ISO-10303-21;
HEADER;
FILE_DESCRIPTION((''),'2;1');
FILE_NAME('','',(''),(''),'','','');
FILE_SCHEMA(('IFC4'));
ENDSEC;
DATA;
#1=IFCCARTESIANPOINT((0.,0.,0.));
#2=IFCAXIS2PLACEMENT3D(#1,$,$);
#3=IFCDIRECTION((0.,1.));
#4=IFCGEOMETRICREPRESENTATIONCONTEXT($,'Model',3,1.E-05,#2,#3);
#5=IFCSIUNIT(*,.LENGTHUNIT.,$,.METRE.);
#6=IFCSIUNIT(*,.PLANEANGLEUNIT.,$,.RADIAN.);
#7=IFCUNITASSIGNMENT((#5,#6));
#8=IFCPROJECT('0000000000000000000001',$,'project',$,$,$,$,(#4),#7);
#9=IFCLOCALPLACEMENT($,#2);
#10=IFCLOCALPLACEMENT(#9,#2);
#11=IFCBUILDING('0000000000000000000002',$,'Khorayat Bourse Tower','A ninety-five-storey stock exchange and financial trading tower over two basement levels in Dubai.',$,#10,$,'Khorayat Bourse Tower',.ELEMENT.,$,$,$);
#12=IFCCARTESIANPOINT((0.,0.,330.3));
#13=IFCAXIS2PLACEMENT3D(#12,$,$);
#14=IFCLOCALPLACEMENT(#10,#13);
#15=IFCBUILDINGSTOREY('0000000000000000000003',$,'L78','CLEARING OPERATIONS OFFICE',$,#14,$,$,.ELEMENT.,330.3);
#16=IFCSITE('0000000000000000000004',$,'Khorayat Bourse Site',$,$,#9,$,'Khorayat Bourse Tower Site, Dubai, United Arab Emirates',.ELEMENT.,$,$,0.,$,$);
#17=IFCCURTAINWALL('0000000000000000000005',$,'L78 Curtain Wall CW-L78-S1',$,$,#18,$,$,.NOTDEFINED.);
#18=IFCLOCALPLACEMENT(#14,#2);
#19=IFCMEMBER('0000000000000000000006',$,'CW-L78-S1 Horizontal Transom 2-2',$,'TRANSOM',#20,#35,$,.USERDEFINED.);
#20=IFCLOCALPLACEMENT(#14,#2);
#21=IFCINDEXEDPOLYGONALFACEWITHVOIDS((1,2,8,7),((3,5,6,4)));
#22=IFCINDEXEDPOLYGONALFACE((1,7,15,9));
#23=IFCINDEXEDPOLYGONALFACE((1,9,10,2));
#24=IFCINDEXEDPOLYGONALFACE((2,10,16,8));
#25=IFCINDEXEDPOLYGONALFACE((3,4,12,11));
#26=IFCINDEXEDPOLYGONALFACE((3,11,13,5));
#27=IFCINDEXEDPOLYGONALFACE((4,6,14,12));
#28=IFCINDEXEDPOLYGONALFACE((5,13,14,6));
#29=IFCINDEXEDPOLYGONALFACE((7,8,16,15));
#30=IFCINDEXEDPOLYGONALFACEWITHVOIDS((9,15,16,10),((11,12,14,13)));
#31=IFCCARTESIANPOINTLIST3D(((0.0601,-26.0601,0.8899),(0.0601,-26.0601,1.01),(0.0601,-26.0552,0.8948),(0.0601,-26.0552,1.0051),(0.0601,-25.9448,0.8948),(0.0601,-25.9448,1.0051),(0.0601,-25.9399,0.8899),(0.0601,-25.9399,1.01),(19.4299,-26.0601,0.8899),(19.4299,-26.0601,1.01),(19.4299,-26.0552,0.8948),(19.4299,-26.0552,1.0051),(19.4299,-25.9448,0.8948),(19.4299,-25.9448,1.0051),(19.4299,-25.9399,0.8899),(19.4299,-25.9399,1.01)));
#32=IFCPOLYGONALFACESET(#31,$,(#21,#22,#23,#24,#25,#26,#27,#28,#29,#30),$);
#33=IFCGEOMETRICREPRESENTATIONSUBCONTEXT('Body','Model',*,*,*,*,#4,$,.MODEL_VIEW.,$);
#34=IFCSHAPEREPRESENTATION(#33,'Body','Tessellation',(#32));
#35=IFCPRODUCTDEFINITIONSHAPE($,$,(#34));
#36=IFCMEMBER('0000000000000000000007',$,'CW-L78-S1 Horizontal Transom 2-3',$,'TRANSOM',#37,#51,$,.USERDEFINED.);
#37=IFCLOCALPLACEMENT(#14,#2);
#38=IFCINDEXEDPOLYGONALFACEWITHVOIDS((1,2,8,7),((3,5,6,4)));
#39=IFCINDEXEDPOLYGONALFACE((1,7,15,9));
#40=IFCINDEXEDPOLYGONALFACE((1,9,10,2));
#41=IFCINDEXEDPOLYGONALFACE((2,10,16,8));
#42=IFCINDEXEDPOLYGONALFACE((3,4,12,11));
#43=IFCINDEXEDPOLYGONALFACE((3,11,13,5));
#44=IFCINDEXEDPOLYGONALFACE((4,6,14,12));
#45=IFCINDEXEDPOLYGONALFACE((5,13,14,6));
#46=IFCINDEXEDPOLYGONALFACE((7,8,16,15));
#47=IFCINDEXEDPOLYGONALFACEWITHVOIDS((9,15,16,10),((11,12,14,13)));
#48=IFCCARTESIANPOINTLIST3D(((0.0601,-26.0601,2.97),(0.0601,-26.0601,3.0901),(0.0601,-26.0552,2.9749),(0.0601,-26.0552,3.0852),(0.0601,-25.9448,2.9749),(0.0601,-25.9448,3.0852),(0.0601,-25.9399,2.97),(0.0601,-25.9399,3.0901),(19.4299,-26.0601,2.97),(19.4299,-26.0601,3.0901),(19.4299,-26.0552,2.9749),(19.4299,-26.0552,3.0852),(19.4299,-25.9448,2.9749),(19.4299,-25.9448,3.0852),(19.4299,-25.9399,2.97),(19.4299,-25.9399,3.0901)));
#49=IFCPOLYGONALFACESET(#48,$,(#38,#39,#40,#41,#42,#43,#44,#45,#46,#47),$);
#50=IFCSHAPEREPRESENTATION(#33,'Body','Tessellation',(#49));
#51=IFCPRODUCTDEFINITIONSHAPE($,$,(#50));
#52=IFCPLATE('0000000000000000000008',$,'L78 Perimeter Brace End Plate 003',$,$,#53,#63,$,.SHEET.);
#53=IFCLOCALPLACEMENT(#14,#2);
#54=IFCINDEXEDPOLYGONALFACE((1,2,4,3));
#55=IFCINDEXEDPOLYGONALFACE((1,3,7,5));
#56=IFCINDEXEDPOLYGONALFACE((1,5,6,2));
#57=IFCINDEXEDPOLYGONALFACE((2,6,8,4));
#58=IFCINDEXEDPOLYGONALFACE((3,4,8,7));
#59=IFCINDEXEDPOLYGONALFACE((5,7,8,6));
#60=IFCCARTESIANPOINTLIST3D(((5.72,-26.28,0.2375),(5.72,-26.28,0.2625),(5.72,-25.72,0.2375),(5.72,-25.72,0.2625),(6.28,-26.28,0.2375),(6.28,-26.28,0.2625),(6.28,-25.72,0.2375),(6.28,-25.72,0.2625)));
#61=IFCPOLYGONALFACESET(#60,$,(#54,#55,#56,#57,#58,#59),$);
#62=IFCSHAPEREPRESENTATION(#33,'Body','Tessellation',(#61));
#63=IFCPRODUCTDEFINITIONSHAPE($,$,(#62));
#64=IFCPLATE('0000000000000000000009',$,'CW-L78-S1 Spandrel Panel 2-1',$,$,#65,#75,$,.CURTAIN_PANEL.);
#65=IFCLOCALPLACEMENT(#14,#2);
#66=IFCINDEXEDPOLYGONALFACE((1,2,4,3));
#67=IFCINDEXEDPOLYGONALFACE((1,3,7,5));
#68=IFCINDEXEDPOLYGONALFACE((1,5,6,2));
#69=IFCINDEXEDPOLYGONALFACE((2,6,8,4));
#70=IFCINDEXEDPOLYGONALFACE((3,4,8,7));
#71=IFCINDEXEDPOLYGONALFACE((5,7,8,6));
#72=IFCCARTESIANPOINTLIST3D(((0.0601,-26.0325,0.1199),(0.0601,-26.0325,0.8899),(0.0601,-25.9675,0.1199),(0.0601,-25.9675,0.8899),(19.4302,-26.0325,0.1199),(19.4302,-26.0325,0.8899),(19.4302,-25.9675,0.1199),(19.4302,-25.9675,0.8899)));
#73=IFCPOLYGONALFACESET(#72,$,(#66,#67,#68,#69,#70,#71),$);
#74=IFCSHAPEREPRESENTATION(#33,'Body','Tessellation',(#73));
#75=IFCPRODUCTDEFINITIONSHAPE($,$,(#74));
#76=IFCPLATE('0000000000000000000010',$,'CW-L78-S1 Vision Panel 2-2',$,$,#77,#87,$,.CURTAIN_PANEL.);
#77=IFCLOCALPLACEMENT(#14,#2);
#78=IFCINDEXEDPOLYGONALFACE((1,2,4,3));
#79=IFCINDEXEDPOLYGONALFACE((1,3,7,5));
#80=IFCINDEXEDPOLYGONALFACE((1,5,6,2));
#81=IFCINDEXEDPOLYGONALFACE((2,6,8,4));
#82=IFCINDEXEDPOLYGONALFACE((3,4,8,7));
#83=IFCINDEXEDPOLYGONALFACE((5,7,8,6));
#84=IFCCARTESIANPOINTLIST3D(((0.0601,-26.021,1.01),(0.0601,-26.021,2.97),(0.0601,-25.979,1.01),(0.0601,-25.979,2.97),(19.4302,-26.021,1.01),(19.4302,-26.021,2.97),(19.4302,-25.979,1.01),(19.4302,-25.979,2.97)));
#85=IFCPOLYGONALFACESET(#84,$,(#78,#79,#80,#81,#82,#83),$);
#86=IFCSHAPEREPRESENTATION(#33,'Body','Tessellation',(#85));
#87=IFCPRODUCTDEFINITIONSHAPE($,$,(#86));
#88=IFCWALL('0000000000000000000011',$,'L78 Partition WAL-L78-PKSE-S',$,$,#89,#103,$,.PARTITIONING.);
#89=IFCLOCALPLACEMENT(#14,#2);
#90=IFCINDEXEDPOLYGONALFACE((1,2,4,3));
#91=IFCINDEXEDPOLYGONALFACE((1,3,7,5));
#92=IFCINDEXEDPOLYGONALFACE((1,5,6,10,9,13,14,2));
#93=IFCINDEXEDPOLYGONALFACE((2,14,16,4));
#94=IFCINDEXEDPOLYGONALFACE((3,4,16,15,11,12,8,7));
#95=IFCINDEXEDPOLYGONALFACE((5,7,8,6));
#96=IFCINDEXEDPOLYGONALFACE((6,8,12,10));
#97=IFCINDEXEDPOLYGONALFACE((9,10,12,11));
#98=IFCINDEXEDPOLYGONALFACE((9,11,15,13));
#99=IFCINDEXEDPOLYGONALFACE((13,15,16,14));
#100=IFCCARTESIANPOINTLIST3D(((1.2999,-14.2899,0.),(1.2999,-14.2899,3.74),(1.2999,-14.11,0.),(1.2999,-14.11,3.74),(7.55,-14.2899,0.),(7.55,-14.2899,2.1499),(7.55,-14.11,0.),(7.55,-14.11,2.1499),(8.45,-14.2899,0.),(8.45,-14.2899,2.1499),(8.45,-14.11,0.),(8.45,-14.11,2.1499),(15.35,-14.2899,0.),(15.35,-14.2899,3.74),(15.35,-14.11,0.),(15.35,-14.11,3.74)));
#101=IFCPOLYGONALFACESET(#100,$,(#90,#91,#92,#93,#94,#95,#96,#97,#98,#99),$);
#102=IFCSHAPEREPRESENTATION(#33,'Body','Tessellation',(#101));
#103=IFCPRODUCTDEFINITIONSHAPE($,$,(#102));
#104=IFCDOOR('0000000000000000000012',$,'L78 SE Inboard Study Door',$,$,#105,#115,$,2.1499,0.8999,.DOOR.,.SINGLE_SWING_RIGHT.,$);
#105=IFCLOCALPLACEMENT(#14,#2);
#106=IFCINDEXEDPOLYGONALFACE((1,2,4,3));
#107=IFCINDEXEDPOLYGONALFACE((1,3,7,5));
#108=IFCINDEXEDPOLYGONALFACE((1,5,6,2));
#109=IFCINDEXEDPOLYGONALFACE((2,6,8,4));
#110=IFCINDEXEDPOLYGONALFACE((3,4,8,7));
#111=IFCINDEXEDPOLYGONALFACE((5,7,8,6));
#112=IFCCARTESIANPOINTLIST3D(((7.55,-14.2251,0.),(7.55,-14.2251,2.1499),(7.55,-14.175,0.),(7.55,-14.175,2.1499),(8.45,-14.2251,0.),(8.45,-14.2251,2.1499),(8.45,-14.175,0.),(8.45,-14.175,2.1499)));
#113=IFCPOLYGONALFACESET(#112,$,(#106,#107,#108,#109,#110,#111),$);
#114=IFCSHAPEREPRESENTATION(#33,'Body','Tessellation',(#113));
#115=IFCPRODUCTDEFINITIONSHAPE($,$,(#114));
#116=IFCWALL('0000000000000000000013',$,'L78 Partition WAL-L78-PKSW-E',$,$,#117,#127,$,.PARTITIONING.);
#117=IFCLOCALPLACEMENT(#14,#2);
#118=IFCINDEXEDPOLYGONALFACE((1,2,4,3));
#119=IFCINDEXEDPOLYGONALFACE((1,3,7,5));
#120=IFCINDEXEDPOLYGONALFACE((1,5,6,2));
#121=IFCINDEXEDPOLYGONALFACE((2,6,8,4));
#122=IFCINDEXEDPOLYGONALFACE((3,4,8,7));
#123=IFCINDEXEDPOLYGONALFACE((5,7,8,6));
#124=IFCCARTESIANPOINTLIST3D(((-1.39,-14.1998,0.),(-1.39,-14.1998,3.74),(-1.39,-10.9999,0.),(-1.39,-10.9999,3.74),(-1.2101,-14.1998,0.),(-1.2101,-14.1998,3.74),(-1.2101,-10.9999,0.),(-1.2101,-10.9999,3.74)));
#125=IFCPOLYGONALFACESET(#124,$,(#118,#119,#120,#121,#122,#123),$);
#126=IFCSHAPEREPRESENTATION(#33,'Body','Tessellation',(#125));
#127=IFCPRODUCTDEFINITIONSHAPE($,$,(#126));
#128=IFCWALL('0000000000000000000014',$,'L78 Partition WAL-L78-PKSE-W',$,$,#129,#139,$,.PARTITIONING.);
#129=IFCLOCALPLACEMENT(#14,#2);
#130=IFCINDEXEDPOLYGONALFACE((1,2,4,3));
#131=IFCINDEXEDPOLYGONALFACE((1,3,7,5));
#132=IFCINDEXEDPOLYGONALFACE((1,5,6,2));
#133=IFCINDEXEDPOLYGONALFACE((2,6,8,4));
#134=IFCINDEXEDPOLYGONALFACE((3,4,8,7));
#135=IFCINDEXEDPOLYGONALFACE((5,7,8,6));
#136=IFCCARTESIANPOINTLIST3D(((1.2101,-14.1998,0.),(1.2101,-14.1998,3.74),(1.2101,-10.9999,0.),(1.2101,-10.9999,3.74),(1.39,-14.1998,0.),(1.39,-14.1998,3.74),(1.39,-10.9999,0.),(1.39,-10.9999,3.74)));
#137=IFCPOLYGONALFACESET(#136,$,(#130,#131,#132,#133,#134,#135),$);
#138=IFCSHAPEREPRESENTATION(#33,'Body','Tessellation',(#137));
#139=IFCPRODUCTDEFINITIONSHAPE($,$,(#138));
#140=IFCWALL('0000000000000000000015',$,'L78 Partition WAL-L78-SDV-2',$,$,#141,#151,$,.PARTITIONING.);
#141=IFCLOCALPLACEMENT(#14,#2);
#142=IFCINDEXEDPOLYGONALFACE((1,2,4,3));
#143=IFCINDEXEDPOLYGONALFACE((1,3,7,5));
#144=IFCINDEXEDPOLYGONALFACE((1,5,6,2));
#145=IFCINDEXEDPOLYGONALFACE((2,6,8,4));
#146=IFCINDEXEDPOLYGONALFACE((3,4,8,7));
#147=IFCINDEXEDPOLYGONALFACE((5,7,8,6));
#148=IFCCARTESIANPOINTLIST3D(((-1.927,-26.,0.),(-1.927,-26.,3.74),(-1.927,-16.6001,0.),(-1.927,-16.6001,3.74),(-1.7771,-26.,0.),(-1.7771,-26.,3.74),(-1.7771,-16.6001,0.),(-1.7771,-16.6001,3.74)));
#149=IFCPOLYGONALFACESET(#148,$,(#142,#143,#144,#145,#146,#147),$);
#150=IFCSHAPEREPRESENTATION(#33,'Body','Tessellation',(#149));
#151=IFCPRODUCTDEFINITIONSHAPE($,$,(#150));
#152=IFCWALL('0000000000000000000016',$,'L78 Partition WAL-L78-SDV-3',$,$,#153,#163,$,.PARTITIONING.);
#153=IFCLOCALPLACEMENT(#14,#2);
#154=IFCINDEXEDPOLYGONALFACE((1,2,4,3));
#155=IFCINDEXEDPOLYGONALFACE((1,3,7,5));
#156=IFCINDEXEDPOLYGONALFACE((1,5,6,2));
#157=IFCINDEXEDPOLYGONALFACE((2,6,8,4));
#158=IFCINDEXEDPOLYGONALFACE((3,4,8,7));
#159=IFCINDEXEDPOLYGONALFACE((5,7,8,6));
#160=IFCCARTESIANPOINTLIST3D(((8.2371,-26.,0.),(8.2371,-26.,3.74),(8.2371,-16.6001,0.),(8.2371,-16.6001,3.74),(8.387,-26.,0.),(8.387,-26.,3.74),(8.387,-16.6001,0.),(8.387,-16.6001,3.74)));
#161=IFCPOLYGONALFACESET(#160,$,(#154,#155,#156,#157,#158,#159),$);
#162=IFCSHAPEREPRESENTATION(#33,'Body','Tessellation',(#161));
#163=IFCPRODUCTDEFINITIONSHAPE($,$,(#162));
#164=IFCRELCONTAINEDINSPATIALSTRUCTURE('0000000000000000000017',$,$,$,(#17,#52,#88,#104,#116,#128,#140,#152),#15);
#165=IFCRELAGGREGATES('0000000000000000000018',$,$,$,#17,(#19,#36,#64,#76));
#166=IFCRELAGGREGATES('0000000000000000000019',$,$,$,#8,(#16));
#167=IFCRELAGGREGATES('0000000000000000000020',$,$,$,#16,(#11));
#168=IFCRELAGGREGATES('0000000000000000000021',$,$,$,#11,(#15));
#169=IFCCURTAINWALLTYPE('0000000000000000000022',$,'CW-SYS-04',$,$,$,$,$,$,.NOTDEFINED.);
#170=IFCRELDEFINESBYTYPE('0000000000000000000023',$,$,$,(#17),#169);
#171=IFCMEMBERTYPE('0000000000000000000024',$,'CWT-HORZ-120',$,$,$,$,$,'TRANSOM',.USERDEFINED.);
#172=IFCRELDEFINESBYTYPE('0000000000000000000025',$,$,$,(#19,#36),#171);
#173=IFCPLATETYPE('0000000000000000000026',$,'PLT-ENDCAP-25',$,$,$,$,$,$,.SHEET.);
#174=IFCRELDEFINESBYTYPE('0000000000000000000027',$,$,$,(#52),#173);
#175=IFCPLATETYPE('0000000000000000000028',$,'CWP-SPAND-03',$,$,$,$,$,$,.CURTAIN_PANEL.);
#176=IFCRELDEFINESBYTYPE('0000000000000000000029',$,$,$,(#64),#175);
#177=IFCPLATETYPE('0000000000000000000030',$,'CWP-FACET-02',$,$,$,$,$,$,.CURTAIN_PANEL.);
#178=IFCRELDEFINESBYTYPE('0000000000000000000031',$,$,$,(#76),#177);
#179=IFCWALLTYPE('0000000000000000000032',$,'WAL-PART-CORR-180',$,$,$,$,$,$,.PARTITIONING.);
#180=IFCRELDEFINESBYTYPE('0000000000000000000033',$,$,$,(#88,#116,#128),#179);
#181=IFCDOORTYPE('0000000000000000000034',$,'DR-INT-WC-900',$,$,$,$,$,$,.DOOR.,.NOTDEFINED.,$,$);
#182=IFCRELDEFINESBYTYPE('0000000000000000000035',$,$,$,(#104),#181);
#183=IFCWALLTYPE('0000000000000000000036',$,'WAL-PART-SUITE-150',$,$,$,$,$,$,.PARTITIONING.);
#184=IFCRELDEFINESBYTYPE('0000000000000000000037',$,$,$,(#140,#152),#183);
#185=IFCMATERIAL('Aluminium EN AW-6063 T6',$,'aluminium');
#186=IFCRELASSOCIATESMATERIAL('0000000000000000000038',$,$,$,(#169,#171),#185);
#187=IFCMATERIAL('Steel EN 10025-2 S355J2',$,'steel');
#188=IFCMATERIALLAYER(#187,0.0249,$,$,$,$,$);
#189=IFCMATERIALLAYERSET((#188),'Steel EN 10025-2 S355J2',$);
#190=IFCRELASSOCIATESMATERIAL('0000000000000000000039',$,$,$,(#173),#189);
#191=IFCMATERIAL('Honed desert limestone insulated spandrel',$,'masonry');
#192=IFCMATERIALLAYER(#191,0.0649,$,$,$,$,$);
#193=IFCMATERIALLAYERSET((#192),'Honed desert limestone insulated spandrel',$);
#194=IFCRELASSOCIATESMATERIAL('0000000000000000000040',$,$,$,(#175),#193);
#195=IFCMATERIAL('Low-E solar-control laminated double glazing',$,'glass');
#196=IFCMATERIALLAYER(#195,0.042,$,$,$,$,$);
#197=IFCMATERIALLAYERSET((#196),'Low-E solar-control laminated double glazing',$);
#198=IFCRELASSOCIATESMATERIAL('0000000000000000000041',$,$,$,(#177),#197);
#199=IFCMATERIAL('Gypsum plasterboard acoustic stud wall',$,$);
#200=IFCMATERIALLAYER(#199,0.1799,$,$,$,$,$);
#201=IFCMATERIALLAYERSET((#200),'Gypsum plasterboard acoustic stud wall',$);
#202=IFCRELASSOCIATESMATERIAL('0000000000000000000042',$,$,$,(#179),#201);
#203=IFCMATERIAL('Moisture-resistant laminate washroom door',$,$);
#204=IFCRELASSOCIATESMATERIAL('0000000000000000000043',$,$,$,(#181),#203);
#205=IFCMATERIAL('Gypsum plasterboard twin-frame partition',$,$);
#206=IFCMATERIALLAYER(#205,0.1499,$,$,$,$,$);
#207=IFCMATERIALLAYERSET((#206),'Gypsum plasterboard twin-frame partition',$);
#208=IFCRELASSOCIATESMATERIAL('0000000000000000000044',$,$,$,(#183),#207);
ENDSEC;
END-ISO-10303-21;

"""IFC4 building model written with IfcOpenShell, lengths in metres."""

from ifc_helpers import new_model, si_unit, direction, frame, frame_2d, origin, origin_2d, place, context, subcontext, project, spatial, rectangle, hollow_rectangle, extrude, source, transform, mapped, material, layer, layer_set, material_profile, profile_set, type_object, element, fill, aggregate, save


model = new_model("IFC4")

# Units and contexts
model_context = context("Model", 3, precision=1e-05, world=origin(), true_north=direction((0.0, 1.0)))
body_context = subcontext(model_context, "Body", "Model", "MODEL_VIEW")
ifc_project = project(units=[si_unit("LENGTHUNIT", "METRE"), si_unit("PLANEANGLEUNIT", "RADIAN")], contexts=[model_context])

# Site, building, storey
site_placement = place(None, origin())
site = spatial("IfcSite", under=ifc_project, at=site_placement, Name="Khorayat Bourse Site", LongName="Khorayat Bourse Tower Site, Dubai, United Arab Emirates", CompositionType="ELEMENT", RefElevation=0.0)
building_placement = place(site_placement, origin())
building = spatial("IfcBuilding", under=site, at=building_placement, Name="Khorayat Bourse Tower", Description="A ninety-five-storey stock exchange and financial trading tower over two basement levels in Dubai.", LongName="Khorayat Bourse Tower", CompositionType="ELEMENT")
storey_placement = place(building_placement, frame((0.0, 0.0, 330.3)))
storey = spatial("IfcBuildingStorey", under=building, at=storey_placement, Name="L78", Description="CLEARING OPERATIONS OFFICE", CompositionType="ELEMENT", Elevation=330.3)

# Shared definitions
ifc_material_1 = material(Name="Steel EN 10025-2 S355J2", Category="steel")

# Curtain wall, members
ifc_material_2 = material(Name="Aluminium EN AW-6063 T6", Category="aluminium")
curtain_wall_type = type_object("IfcCurtainWallType", Name="CW-SYS-04", PredefinedType="NOTDEFINED", material=ifc_material_2)
curtain_wall_placement = place(storey_placement, origin())
curtain_wall = element("IfcCurtainWall", 1, at=curtain_wall_placement, inside=storey, type_object=curtain_wall_type, Name="L78 Curtain Wall CW-L78-S1", PredefinedType="NOTDEFINED")
ifc_material_profile_1 = material_profile(ifc_material_2, hollow_rectangle(XDim=0.1201, YDim=0.1201, WallThickness=0.0049, at=origin_2d()), Name="ALU 120x120x5")
ifc_profile_set_1 = profile_set([ifc_material_profile_1], Name="Aluminium EN AW-6063 T6")
member_type_1 = type_object("IfcMemberType", Name="CWT-HORZ-120", ElementType="TRANSOM", PredefinedType="USERDEFINED", material=ifc_profile_set_1)
shared_shape_1 = source(origin(), body_context, "Body", "SweptSolid", [
    extrude(hollow_rectangle(XDim=0.1201, YDim=0.1201, WallThickness=0.0049, at=origin_2d()), origin(), (0.0, 0.0, 1.0), 19.3699),
])
member_1_placement = place(storey_placement, frame((0.0601, -26.0, 0.95), z_axis=(1.0, 0.0, 0.0), x_axis=(0.0, 1.0, 0.0)))
member_1 = element("IfcMember", 2, at=member_1_placement, type_object=member_type_1, Name="CW-L78-S1 Horizontal Transom 2-2", ObjectType="TRANSOM", PredefinedType="USERDEFINED", context=body_context, shape_type="MappedRepresentation", body=[
    mapped(shared_shape_1, transform((0.0, 0.0, 0.0), scale=1.0)),
])
member_2_placement = place(storey_placement, frame((0.0601, -26.0, 3.03), z_axis=(1.0, 0.0, 0.0), x_axis=(0.0, 1.0, 0.0)))
member_2 = element("IfcMember", 3, at=member_2_placement, type_object=member_type_1, Name="CW-L78-S1 Horizontal Transom 2-3", ObjectType="TRANSOM", PredefinedType="USERDEFINED", context=body_context, shape_type="MappedRepresentation", body=[
    mapped(shared_shape_1, transform((0.0, 0.0, 0.0), scale=1.0)),
])

# Plates
ifc_layer_1 = layer(ifc_material_1, 0.0249)
ifc_layer_set_1 = layer_set([ifc_layer_1], Name="Steel EN 10025-2 S355J2")
plate_type_1 = type_object("IfcPlateType", Name="PLT-ENDCAP-25", PredefinedType="SHEET", material=ifc_layer_set_1)
shared_shape_2 = source(origin(), body_context, "Body", "SweptSolid", [
    extrude(rectangle(XDim=0.5601, YDim=0.5601, at=origin_2d()), origin(), (0.0, 0.0, 1.0), 0.0249),
])
plate_1_placement = place(storey_placement, frame((6.0, -26.0, 0.2375), z_axis=(0.0, 0.0, 1.0), x_axis=(1.0, 0.0, 0.0)))
element("IfcPlate", 4, at=plate_1_placement, inside=storey, type_object=plate_type_1, Name="L78 Perimeter Brace End Plate 003", PredefinedType="SHEET", context=body_context, shape_type="MappedRepresentation", body=[
    mapped(shared_shape_2, transform((0.0, 0.0, 0.0), scale=1.0)),
])
ifc_material_3 = material(Name="Honed desert limestone insulated spandrel", Category="masonry")
ifc_layer_2 = layer(ifc_material_3, 0.0649)
ifc_layer_set_2 = layer_set([ifc_layer_2], Name="Honed desert limestone insulated spandrel")
plate_type_2 = type_object("IfcPlateType", Name="CWP-SPAND-03", PredefinedType="CURTAIN_PANEL", material=ifc_layer_set_2)
shared_shape_3 = source(origin(), body_context, "Body", "SweptSolid", [
    extrude(rectangle(XDim=19.3701, YDim=0.0649, at=origin_2d()), origin(), (0.0, 0.0, 1.0), 0.77),
])
plate_2_placement = place(storey_placement, frame((9.7451, -26.0, 0.1199), z_axis=(0.0, 0.0, 1.0), x_axis=(1.0, 0.0, 0.0)))
plate_2 = element("IfcPlate", 5, at=plate_2_placement, type_object=plate_type_2, Name="CW-L78-S1 Spandrel Panel 2-1", PredefinedType="CURTAIN_PANEL", context=body_context, shape_type="MappedRepresentation", body=[
    mapped(shared_shape_3, transform((0.0, 0.0, 0.0), scale=1.0)),
])
ifc_material_4 = material(Name="Low-E solar-control laminated double glazing", Category="glass")
ifc_layer_3 = layer(ifc_material_4, 0.042)
ifc_layer_set_3 = layer_set([ifc_layer_3], Name="Low-E solar-control laminated double glazing")
plate_type_3 = type_object("IfcPlateType", Name="CWP-FACET-02", PredefinedType="CURTAIN_PANEL", material=ifc_layer_set_3)
shared_shape_4 = source(origin(), body_context, "Body", "SweptSolid", [
    extrude(rectangle(XDim=19.3701, YDim=0.042, at=origin_2d()), origin(), (0.0, 0.0, 1.0), 1.96),
])
plate_3_placement = place(storey_placement, frame((9.7451, -26.0, 1.01), z_axis=(0.0, 0.0, 1.0), x_axis=(1.0, 0.0, 0.0)))
plate_3 = element("IfcPlate", 6, at=plate_3_placement, type_object=plate_type_3, Name="CW-L78-S1 Vision Panel 2-2", PredefinedType="CURTAIN_PANEL", context=body_context, shape_type="MappedRepresentation", body=[
    mapped(shared_shape_4, transform((0.0, 0.0, 0.0), scale=1.0)),
])
aggregate(curtain_wall, [member_1, member_2, plate_2, plate_3])

# Wall, opening, door
ifc_material_5 = material(Name="Gypsum plasterboard acoustic stud wall")
ifc_layer_4 = layer(ifc_material_5, 0.1799)
ifc_layer_set_4 = layer_set([ifc_layer_4], Name="Gypsum plasterboard acoustic stud wall")
wall_type_1 = type_object("IfcWallType", Name="WAL-PART-CORR-180", PredefinedType="PARTITIONING", material=ifc_layer_set_4)
shared_shape_5 = source(origin(), body_context, "Body", "SweptSolid", [
    extrude(rectangle(XDim=14.05, YDim=0.1799, at=frame_2d((7.0249, 0.0))), origin(), (0.0, 0.0, 1.0), 3.74),
])
wall_placement = place(storey_placement, frame((1.3, -14.2, 0.0), z_axis=(0.0, 0.0, 1.0), x_axis=(1.0, 0.0, 0.0)))
wall = element("IfcWall", 7, at=wall_placement, inside=storey, type_object=wall_type_1, Name="L78 Partition WAL-L78-PKSE-S", PredefinedType="PARTITIONING", context=body_context, shape_type="MappedRepresentation", body=[
    mapped(shared_shape_5, transform((0.0, 0.0, 0.0), scale=1.0)),
])
shared_shape_6 = source(origin(), body_context, "Body", "SweptSolid", [
    extrude(rectangle(XDim=0.8999, YDim=2.1499, at=frame_2d((0.45, 1.075))), frame((0.0, 0.0999, 0.0), z_axis=(0.0, -1.0, 0.0), x_axis=(1.0, 0.0, 0.0)), (0.0, 0.0, 1.0), 0.2),
])
opening_placement = place(wall_placement, frame((6.25, 0.0, 0.0)))
opening = element("IfcOpeningElement", 8, at=opening_placement, cuts=wall, PredefinedType="OPENING", context=body_context, shape_type="MappedRepresentation", body=[
    mapped(shared_shape_6, transform((0.0, 0.0, 0.0), scale=1.0)),
])
ifc_material_6 = material(Name="Moisture-resistant laminate washroom door")
door_type = type_object("IfcDoorType", Name="DR-INT-WC-900", OperationType="NOTDEFINED", PredefinedType="DOOR", material=ifc_material_6)
shared_shape_7 = source(origin(), body_context, "Body", "SweptSolid", [
    extrude(rectangle(XDim=0.8999, YDim=2.1499, at=frame_2d((0.45, 1.075))), frame((0.0, 0.0249, 0.0), z_axis=(0.0, -1.0, 0.0), x_axis=(1.0, 0.0, 0.0)), (0.0, 0.0, 1.0), 0.05),
])
door_placement = place(opening_placement, origin())
door = element("IfcDoor", 9, at=door_placement, inside=storey, type_object=door_type, Name="L78 SE Inboard Study Door", OperationType="SINGLE_SWING_RIGHT", OverallHeight=2.1499, OverallWidth=0.8999, PredefinedType="DOOR", context=body_context, shape_type="MappedRepresentation", body=[
    mapped(shared_shape_7, transform((0.0, 0.0, 0.0), scale=1.0)),
])
fill(opening, door)

# Walls
shared_shape_8 = source(origin(), body_context, "Body", "SweptSolid", [
    extrude(rectangle(XDim=3.2, YDim=0.1799, at=frame_2d((1.6001, 0.0))), origin(), (0.0, 0.0, 1.0), 3.74),
])
for number, where, z_axis, x_axis, name in (
    (10, (-1.3, -14.2, 0.0), (0.0, 0.0, 1.0), (0.0, 1.0, 0.0), "L78 Partition WAL-L78-PKSW-E"),
    (11, (1.3, -14.2, 0.0), (0.0, 0.0, 1.0), (0.0, 1.0, 0.0), "L78 Partition WAL-L78-PKSE-W"),
):
    element("IfcWall", number, at=place(storey_placement, frame(where, z_axis=z_axis, x_axis=x_axis)), inside=storey, type_object=wall_type_1, Name=name, PredefinedType="PARTITIONING", context=body_context, shape_type="MappedRepresentation", body=[
        mapped(shared_shape_8, transform((0.0, 0.0, 0.0), scale=1.0)),
    ])
ifc_material_7 = material(Name="Gypsum plasterboard twin-frame partition")
ifc_layer_5 = layer(ifc_material_7, 0.1499)
ifc_layer_set_5 = layer_set([ifc_layer_5], Name="Gypsum plasterboard twin-frame partition")
wall_type_2 = type_object("IfcWallType", Name="WAL-PART-SUITE-150", PredefinedType="PARTITIONING", material=ifc_layer_set_5)
shared_shape_9 = source(origin(), body_context, "Body", "SweptSolid", [
    extrude(rectangle(XDim=9.3999, YDim=0.1499, at=frame_2d((4.7, 0.0))), origin(), (0.0, 0.0, 1.0), 3.74),
])
for number, where, z_axis, x_axis, name in (
    (12, (-1.8521, -26.0, 0.0), (0.0, 0.0, 1.0), (0.0, 1.0, 0.0), "L78 Partition WAL-L78-SDV-2"),
    (13, (8.312, -26.0, 0.0), (0.0, 0.0, 1.0), (0.0, 1.0, 0.0), "L78 Partition WAL-L78-SDV-3"),
):
    element("IfcWall", number, at=place(storey_placement, frame(where, z_axis=z_axis, x_axis=x_axis)), inside=storey, type_object=wall_type_2, Name=name, PredefinedType="PARTITIONING", context=body_context, shape_type="MappedRepresentation", body=[
        mapped(shared_shape_9, transform((0.0, 0.0, 0.0), scale=1.0)),
    ])

save(model, "model.ifc")
